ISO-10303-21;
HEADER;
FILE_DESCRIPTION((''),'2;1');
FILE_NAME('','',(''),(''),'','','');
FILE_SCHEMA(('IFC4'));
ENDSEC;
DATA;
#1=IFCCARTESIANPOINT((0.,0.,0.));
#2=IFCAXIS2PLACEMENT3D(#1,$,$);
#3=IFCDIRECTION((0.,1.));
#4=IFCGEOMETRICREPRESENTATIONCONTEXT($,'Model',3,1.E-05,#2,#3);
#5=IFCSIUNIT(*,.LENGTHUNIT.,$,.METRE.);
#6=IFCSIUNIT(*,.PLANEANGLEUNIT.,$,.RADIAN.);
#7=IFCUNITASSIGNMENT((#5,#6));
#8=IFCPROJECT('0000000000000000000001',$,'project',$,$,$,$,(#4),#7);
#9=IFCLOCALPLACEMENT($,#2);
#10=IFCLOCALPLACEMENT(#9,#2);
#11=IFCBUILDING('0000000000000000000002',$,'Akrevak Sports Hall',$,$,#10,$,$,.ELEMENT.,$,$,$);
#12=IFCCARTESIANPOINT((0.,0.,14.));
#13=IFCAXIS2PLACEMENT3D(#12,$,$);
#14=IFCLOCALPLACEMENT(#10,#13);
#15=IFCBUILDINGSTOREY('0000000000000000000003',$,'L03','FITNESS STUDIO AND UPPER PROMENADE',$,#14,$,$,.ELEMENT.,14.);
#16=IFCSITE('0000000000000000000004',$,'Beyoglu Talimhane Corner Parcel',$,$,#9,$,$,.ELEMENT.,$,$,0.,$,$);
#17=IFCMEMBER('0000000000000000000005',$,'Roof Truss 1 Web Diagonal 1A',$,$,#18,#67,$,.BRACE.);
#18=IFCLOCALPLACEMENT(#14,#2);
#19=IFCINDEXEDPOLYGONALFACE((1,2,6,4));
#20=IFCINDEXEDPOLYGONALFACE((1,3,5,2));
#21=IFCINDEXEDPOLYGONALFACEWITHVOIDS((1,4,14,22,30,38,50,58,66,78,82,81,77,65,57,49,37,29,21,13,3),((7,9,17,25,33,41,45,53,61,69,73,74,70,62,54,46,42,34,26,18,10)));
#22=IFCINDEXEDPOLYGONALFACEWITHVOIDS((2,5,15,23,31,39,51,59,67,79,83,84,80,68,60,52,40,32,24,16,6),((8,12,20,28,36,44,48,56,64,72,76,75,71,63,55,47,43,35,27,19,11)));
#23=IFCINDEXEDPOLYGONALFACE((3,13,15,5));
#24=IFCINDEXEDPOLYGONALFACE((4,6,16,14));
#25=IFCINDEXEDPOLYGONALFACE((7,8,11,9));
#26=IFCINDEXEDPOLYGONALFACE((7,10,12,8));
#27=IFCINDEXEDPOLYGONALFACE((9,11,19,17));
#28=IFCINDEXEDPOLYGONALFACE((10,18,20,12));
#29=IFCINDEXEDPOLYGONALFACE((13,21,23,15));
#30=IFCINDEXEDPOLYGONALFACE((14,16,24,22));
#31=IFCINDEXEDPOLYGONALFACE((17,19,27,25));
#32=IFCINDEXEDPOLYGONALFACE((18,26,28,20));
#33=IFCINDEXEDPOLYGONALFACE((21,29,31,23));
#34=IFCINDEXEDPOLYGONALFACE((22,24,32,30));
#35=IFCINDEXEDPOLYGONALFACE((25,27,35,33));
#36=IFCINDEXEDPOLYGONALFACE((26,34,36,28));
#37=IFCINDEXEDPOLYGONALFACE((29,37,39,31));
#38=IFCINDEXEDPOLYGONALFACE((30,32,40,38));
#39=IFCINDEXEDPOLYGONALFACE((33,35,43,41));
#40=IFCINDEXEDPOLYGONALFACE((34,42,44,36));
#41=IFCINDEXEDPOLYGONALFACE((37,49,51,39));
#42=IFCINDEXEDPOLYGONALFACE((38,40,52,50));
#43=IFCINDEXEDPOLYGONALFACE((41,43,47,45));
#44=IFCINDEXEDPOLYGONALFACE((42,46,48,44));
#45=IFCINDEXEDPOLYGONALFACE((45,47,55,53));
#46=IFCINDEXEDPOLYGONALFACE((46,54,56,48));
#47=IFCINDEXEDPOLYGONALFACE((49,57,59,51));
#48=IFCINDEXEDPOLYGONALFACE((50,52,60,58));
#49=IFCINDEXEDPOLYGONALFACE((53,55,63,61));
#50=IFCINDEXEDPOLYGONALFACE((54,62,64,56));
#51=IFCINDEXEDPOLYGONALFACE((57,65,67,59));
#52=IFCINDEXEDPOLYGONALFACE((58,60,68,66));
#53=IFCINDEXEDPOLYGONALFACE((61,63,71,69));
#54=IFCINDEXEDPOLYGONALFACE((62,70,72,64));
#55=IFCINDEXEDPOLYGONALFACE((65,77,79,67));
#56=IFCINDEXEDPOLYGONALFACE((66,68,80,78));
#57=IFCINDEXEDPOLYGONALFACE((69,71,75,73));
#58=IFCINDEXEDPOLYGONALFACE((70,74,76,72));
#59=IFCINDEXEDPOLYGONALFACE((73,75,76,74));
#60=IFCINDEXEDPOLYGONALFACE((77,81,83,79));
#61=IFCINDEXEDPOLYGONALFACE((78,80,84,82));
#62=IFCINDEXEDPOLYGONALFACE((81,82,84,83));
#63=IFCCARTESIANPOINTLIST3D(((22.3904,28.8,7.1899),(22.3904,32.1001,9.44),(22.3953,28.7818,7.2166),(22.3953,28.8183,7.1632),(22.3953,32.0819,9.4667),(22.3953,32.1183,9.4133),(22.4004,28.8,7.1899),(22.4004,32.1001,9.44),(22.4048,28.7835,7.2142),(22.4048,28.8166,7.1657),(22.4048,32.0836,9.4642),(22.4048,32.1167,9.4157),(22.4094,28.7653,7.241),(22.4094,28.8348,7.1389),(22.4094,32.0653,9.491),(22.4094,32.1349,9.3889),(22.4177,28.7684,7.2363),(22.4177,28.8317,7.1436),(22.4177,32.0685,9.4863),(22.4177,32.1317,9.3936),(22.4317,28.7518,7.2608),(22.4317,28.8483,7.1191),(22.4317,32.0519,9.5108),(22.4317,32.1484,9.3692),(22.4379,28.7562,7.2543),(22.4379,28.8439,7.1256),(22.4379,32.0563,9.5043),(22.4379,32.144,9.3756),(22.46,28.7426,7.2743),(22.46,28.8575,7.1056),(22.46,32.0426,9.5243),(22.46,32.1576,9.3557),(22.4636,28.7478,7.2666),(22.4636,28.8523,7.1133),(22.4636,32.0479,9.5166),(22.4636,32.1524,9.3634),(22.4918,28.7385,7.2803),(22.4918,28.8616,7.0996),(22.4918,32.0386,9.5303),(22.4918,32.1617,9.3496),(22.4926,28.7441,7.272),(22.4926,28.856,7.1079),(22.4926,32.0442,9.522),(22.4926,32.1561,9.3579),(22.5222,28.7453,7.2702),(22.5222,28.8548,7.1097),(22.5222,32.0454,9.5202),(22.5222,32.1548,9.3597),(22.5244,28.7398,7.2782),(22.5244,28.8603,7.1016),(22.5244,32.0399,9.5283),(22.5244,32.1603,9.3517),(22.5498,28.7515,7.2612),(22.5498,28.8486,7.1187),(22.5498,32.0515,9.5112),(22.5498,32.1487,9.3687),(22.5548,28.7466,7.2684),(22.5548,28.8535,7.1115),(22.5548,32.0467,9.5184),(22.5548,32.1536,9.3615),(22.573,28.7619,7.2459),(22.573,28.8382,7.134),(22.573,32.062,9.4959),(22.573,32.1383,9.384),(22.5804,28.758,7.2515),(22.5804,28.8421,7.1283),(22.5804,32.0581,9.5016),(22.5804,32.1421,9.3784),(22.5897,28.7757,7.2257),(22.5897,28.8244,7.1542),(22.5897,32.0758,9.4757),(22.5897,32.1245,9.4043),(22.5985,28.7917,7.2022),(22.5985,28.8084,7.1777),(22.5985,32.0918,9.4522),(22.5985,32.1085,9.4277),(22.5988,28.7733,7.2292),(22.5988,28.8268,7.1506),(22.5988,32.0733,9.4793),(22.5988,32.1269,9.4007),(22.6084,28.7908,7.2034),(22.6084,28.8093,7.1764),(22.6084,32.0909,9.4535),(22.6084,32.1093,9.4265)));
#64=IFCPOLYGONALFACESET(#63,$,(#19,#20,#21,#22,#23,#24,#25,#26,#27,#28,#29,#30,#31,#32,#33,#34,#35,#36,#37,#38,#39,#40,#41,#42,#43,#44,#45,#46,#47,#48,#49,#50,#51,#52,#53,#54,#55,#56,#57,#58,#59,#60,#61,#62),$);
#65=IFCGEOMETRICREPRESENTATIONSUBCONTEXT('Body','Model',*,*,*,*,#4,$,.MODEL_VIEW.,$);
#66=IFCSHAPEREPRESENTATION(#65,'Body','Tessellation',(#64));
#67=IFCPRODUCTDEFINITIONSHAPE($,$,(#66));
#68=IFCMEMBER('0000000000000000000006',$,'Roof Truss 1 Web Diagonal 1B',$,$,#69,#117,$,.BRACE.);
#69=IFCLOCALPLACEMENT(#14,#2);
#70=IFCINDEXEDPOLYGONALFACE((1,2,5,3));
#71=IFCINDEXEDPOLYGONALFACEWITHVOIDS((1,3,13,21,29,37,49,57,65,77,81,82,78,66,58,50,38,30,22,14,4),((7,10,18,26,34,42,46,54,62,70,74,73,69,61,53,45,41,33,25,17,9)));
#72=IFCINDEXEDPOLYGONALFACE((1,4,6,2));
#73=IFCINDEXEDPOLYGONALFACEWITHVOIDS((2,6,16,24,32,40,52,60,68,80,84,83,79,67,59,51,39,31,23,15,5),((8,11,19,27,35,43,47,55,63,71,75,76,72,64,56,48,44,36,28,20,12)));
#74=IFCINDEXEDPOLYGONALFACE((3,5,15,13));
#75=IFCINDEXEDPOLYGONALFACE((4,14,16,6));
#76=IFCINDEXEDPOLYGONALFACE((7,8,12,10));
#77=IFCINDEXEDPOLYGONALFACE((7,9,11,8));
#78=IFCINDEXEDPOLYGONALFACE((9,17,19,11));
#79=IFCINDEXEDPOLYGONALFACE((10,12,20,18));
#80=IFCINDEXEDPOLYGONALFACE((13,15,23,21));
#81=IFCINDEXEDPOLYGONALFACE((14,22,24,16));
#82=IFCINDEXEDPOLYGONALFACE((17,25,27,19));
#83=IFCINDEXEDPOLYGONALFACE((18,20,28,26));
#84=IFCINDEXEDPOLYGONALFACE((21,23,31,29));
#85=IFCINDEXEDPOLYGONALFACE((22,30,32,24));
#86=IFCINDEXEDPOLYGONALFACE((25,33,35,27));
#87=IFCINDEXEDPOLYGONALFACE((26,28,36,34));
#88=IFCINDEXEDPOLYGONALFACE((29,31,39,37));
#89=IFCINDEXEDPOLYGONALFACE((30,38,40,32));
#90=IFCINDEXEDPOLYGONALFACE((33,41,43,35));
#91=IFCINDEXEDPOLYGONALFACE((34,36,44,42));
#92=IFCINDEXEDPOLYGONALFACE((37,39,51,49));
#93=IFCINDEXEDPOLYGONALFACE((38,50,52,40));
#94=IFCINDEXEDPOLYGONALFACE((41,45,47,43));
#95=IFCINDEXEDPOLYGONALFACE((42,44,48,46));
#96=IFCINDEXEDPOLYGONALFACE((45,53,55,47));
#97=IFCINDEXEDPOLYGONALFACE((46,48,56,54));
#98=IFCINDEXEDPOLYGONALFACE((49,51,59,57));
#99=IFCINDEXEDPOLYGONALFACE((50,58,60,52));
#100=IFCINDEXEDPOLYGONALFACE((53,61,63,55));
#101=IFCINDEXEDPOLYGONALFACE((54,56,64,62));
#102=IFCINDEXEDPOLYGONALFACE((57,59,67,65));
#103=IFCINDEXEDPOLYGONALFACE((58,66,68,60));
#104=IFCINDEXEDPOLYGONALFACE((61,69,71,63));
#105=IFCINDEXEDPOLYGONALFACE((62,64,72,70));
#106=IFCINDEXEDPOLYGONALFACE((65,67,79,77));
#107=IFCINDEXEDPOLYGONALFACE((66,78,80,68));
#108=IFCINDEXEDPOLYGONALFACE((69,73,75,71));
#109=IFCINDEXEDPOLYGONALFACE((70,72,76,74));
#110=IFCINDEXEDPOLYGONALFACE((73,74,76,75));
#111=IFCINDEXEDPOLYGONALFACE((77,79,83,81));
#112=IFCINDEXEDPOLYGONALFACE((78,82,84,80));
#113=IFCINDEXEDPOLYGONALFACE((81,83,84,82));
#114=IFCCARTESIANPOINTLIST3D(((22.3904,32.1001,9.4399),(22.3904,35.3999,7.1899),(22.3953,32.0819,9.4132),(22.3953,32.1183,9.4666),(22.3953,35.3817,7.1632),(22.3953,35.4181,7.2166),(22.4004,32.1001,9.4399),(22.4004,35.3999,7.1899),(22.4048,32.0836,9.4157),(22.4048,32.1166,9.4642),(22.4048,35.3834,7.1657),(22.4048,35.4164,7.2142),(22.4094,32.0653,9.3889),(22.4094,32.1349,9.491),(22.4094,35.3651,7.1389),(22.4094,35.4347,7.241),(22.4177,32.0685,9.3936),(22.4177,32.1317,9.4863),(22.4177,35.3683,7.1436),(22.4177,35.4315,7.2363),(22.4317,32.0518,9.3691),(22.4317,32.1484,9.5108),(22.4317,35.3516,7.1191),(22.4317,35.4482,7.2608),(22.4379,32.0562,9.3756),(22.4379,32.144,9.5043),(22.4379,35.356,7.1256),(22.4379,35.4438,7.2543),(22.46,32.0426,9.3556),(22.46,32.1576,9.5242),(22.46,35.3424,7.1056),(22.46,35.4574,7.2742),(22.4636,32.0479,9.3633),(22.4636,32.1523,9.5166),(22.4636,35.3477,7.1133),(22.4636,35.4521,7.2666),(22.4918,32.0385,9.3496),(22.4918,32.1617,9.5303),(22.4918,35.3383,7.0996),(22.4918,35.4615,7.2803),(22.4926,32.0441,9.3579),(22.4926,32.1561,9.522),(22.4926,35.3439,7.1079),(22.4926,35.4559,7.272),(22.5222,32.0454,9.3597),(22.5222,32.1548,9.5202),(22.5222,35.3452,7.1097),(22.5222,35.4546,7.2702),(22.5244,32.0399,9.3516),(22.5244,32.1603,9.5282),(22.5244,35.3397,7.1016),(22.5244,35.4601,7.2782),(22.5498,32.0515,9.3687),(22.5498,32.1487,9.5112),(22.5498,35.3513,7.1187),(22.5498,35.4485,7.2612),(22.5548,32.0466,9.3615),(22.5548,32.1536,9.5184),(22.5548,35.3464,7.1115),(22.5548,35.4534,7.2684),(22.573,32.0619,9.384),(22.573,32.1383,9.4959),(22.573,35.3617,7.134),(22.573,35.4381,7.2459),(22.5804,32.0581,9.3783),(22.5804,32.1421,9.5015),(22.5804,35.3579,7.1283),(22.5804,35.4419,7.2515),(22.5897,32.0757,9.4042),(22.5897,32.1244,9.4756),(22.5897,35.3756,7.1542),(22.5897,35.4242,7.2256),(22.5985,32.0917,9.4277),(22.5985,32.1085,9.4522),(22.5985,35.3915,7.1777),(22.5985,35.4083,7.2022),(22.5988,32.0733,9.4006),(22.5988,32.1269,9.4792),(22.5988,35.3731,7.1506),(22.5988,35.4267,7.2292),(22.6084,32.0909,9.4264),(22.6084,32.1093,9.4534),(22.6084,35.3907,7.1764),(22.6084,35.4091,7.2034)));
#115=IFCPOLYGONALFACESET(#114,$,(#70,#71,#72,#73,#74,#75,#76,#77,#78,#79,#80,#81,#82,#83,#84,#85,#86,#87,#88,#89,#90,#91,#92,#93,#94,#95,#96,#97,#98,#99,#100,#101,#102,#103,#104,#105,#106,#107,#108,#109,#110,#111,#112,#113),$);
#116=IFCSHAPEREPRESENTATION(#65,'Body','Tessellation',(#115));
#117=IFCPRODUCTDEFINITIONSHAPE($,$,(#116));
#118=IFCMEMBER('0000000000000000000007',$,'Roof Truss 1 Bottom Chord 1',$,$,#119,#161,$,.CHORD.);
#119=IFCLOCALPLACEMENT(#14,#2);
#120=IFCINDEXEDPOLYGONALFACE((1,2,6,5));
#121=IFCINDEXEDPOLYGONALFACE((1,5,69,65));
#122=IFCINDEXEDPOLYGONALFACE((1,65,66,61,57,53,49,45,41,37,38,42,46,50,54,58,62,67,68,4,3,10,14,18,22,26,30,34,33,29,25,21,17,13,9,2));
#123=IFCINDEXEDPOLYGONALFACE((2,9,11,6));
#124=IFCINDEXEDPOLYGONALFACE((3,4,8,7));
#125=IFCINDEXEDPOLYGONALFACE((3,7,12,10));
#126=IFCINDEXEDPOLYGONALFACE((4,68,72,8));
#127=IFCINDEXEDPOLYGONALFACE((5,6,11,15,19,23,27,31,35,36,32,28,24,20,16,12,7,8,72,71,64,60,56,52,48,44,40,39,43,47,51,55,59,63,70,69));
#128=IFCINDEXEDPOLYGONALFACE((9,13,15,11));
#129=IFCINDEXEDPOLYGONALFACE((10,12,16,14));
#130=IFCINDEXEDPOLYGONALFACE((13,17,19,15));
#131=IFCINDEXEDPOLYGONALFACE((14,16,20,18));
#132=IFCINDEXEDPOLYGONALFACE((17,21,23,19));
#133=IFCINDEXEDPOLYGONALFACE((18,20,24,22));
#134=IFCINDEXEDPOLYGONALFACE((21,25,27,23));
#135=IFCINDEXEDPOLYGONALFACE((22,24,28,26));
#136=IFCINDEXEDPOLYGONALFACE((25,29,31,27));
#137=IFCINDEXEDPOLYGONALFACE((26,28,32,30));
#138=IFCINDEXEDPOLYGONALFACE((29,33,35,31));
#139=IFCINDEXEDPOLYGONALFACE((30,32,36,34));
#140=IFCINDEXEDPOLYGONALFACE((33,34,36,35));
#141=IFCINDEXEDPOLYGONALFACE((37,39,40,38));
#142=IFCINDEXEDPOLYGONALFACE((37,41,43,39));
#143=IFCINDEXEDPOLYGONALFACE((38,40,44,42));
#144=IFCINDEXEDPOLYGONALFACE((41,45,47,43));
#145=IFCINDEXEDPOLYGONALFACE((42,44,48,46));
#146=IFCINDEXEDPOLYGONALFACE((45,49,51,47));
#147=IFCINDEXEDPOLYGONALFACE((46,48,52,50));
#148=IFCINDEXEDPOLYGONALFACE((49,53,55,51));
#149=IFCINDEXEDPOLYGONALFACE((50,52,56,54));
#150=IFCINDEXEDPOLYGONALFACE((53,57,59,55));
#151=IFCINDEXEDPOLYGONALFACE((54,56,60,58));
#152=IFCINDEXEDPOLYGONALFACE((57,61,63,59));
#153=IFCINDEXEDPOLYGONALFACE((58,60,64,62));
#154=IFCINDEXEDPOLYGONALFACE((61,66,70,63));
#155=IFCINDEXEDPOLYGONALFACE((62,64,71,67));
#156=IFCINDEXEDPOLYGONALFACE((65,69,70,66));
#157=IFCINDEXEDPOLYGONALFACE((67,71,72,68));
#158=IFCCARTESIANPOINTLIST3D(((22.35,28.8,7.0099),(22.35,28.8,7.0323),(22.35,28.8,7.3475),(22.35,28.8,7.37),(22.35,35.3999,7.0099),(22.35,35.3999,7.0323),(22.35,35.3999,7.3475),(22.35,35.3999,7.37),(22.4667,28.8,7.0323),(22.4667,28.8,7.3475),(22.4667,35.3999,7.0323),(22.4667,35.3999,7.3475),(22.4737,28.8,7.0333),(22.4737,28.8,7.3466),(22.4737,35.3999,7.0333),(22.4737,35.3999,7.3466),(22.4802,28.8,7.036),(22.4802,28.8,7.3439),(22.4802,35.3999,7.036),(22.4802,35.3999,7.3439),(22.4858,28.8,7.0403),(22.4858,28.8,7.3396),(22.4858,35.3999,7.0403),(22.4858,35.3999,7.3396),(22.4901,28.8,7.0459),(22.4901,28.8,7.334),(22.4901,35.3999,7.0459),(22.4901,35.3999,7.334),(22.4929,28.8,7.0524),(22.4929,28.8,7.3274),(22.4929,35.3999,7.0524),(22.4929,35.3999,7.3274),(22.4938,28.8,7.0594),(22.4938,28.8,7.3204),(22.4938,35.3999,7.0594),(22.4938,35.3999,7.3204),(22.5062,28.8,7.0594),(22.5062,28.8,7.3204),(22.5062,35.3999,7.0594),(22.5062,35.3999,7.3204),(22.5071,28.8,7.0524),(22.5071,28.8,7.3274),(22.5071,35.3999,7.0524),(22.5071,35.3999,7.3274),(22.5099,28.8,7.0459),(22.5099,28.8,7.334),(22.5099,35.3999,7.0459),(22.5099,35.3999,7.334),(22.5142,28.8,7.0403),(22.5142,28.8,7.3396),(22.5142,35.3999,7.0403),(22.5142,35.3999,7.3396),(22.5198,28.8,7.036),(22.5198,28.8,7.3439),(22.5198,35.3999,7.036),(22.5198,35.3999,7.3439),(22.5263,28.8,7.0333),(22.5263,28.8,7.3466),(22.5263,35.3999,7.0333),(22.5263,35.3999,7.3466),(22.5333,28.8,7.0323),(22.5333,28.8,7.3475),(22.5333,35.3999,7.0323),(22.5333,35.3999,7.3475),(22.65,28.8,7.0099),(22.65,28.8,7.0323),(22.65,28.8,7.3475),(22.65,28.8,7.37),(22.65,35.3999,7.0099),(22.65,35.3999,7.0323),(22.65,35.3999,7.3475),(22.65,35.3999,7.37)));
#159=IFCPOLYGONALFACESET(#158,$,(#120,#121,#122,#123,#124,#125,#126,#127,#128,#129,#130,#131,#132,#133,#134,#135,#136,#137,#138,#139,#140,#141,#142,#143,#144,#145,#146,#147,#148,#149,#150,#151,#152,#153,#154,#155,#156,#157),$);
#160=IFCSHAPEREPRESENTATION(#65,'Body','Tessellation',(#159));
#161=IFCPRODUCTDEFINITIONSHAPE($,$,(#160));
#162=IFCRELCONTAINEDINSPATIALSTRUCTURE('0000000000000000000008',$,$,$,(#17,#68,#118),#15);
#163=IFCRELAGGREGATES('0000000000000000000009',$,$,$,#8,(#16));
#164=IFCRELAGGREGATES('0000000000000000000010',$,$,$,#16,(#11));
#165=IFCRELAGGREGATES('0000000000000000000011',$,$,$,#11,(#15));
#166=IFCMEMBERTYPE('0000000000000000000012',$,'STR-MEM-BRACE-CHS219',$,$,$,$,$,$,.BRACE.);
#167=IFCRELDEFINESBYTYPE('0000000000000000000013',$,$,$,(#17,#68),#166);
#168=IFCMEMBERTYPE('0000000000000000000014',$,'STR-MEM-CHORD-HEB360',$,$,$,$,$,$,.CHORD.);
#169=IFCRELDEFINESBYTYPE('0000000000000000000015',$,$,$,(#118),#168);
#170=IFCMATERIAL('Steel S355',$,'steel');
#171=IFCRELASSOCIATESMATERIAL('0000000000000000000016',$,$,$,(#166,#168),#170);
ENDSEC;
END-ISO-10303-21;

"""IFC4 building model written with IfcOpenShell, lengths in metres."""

from ifc_helpers import new_model, si_unit, direction, frame, origin, origin_2d, place, context, subcontext, project, spatial, hollow_circle, i_section, extrude, material, material_profile, profile_set, type_object, element, save


model = new_model("IFC4")

# Units and contexts
model_context = context("Model", 3, precision=1e-05, world=origin(), true_north=direction((0.0, 1.0)))
body_context = subcontext(model_context, "Body", "Model", "MODEL_VIEW")
ifc_project = project(units=[si_unit("LENGTHUNIT", "METRE"), si_unit("PLANEANGLEUNIT", "RADIAN")], contexts=[model_context])

# Site, building, storey
site_placement = place(None, origin())
site = spatial("IfcSite", under=ifc_project, at=site_placement, Name="Beyoglu Talimhane Corner Parcel", CompositionType="ELEMENT", RefElevation=0.0)
building_placement = place(site_placement, origin())
building = spatial("IfcBuilding", under=site, at=building_placement, Name="Akrevak Sports Hall", CompositionType="ELEMENT")
storey_placement = place(building_placement, frame((0.0, 0.0, 14.0)))
storey = spatial("IfcBuildingStorey", under=building, at=storey_placement, Name="L03", Description="FITNESS STUDIO AND UPPER PROMENADE", CompositionType="ELEMENT", Elevation=14.0)

# Shared definitions
ifc_material_1 = material(Name="Steel S355", Category="steel")

# Members
ifc_material_profile_1 = material_profile(ifc_material_1, hollow_circle(Radius=0.1096, WallThickness=0.01, at=origin_2d()), Name="CHS 219.1x10", Category="steel")
ifc_profile_set_1 = profile_set([ifc_material_profile_1], Name="Steel S355")
member_type_1 = type_object("IfcMemberType", Name="STR-MEM-BRACE-CHS219", PredefinedType="BRACE", material=ifc_profile_set_1)
member_1_placement = place(storey_placement, frame((22.5, 28.8, 7.1899), z_axis=(0.0, 0.826231, 0.563331), x_axis=(-1.0, 0.0, 0.0)))
element("IfcMember", 1, at=member_1_placement, inside=storey, type_object=member_type_1, Name="Roof Truss 1 Web Diagonal 1A", PredefinedType="BRACE", context=body_context, shape_type="SweptSolid", body=[
    extrude(hollow_circle(Radius=0.1096, WallThickness=0.01, at=origin_2d()), origin(), (0.0, 0.0, 1.0), 3.9941),
])
member_2_placement = place(storey_placement, frame((22.5, 32.1001, 9.4399), z_axis=(0.0, 0.826212, -0.56336), x_axis=(-1.0, 0.0, 0.0)))
element("IfcMember", 2, at=member_2_placement, inside=storey, type_object=member_type_1, Name="Roof Truss 1 Web Diagonal 1B", PredefinedType="BRACE", context=body_context, shape_type="SweptSolid", body=[
    extrude(hollow_circle(Radius=0.1096, WallThickness=0.01, at=origin_2d()), origin(), (0.0, 0.0, 1.0), 3.9939),
])
ifc_material_profile_2 = material_profile(ifc_material_1, i_section(OverallWidth=0.3, OverallDepth=0.3601, WebThickness=0.0125, FlangeThickness=0.0225, FilletRadius=0.0271, at=origin_2d()), Name="HEB 360", Category="steel")
ifc_profile_set_2 = profile_set([ifc_material_profile_2], Name="Steel S355")
member_type_2 = type_object("IfcMemberType", Name="STR-MEM-CHORD-HEB360", PredefinedType="CHORD", material=ifc_profile_set_2)
for number, where, z_axis, x_axis, name in (
    (3, (22.5, 28.8, 7.1899), (0.0, 1.0, 0.0), (-1.0, 0.0, 0.0), "Roof Truss 1 Bottom Chord 1"),
):
    element("IfcMember", number, at=place(storey_placement, frame(where, z_axis=z_axis, x_axis=x_axis)), inside=storey, type_object=member_type_2, Name=name, PredefinedType="CHORD", context=body_context, shape_type="SweptSolid", body=[
        extrude(i_section(OverallWidth=0.3, OverallDepth=0.3601, WebThickness=0.0125, FlangeThickness=0.0225, FilletRadius=0.0271, at=origin_2d()), origin(), (0.0, 0.0, 1.0), 6.5999),
    ])

save(model, "model.ifc")
